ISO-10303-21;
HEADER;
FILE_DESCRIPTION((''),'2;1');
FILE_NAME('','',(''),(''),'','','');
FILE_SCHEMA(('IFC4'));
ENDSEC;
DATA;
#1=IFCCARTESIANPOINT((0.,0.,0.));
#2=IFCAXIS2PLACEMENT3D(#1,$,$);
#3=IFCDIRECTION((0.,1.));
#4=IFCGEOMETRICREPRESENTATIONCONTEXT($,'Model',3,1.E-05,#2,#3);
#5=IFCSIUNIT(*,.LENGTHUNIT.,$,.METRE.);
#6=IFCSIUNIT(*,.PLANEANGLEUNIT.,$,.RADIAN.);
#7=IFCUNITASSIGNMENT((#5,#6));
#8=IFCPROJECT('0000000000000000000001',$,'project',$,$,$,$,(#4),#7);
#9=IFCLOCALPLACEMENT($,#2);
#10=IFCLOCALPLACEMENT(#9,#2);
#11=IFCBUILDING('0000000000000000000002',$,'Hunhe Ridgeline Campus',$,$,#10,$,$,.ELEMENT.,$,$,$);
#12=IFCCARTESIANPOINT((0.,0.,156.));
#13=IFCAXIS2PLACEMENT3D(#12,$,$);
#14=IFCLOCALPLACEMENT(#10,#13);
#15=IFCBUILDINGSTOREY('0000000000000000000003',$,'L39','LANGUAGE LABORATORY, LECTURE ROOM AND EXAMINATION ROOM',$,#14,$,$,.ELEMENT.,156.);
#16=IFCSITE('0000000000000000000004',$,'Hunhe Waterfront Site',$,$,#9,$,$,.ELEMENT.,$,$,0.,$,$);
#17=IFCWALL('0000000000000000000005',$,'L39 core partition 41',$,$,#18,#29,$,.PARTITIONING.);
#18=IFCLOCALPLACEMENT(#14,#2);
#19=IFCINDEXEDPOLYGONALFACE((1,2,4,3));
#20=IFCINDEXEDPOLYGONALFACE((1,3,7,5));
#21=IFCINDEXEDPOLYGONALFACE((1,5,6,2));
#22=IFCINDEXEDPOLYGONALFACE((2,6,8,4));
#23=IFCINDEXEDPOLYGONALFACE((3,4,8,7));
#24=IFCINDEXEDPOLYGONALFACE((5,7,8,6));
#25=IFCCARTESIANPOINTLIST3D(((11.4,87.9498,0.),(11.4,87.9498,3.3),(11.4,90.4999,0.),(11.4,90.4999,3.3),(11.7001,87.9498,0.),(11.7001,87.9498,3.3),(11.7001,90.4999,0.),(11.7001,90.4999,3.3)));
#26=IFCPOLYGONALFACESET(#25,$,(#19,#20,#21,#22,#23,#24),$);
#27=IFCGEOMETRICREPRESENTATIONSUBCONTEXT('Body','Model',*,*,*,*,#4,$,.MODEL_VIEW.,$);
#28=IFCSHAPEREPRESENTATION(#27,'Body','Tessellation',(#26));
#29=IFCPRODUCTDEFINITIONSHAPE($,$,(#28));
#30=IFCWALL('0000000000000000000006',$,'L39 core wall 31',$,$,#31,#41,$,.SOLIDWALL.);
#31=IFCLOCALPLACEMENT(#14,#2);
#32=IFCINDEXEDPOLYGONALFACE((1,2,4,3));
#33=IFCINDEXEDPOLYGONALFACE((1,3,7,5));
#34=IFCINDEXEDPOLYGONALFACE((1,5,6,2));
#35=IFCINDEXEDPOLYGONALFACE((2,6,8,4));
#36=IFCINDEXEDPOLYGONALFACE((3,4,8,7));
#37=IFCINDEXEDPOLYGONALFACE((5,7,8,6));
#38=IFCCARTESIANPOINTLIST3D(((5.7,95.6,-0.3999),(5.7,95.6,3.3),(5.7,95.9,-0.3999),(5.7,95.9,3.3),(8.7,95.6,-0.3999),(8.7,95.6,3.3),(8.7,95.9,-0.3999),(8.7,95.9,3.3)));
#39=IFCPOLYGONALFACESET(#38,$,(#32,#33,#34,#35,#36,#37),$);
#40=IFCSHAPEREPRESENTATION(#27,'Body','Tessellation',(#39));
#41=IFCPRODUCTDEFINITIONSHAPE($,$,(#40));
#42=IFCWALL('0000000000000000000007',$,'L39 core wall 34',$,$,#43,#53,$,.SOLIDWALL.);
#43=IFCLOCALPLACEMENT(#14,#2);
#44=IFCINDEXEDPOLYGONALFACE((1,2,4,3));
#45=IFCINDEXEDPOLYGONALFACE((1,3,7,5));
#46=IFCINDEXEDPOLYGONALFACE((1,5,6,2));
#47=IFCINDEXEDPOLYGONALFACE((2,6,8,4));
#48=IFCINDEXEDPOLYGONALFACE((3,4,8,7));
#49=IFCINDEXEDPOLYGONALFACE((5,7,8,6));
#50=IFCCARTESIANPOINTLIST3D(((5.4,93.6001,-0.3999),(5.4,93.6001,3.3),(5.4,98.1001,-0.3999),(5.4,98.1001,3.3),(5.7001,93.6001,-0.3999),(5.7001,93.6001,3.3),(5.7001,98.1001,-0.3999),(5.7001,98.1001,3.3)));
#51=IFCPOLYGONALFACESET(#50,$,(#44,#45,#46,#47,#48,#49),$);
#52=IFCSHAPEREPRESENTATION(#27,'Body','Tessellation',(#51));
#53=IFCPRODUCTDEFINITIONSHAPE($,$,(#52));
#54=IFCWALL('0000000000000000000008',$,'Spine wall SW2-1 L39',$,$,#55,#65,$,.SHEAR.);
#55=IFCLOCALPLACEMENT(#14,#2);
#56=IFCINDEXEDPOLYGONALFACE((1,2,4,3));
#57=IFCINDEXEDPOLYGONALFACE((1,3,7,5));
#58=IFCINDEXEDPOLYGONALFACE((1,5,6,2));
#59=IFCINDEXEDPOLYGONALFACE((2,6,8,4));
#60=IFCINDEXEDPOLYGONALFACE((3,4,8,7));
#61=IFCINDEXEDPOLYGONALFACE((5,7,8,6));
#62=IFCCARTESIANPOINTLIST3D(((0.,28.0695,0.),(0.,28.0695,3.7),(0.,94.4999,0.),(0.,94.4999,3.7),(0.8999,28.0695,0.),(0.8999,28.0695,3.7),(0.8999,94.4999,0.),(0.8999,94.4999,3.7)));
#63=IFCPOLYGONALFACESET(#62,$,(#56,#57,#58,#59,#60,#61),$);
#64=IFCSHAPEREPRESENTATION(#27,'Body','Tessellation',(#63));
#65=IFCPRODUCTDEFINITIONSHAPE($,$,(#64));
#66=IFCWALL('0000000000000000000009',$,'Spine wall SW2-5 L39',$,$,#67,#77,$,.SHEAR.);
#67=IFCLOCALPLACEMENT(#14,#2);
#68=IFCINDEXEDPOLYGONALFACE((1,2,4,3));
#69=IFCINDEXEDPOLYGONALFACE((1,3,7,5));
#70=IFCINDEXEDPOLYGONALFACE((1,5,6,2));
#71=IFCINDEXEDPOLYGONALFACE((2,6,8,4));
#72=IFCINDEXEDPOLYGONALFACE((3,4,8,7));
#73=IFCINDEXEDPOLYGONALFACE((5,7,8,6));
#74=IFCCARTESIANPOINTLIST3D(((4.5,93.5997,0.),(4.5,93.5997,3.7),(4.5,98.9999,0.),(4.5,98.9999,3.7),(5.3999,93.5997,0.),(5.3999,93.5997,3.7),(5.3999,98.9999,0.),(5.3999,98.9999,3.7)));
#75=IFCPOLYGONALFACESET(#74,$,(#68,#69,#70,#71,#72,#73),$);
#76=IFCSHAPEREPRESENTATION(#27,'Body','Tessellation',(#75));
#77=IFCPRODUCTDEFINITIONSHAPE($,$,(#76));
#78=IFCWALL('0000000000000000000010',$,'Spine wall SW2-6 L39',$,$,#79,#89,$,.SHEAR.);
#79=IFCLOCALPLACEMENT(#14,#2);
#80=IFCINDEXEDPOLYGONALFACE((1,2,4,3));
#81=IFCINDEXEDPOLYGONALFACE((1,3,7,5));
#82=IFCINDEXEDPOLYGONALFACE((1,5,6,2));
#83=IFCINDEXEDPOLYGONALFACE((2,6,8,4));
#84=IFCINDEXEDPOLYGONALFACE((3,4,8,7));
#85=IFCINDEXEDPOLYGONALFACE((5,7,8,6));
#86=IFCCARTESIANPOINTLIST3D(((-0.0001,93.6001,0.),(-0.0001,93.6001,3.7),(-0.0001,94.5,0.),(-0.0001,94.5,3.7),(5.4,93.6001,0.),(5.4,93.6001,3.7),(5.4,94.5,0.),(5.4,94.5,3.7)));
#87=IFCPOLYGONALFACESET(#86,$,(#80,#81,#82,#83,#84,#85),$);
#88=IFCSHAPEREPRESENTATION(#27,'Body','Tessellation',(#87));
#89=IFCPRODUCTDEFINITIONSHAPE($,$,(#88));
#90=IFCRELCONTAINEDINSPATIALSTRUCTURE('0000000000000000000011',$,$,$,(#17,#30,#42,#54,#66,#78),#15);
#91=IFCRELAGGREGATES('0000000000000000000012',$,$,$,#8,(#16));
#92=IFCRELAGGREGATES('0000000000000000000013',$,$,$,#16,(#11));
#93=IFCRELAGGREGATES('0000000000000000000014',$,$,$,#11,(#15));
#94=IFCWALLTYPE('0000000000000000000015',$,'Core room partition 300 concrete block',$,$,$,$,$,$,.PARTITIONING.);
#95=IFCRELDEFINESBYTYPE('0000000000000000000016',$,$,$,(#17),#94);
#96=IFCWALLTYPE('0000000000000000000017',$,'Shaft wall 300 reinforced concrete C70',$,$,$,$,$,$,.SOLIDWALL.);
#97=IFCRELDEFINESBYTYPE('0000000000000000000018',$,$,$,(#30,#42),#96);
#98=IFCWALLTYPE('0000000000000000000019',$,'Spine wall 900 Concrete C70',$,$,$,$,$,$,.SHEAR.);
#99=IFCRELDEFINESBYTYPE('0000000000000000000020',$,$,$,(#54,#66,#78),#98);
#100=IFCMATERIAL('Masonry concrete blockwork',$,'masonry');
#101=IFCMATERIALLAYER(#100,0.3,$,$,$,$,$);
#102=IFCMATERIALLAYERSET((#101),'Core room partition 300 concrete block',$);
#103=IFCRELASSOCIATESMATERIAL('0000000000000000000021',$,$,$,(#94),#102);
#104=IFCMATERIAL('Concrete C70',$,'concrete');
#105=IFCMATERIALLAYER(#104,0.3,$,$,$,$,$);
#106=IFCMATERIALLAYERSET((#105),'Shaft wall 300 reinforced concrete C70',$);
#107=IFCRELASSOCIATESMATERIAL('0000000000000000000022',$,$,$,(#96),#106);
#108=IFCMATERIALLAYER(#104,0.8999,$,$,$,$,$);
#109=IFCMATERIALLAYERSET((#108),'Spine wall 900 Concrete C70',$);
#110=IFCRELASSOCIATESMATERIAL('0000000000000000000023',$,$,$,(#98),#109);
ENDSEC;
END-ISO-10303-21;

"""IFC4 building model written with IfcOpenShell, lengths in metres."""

from ifc_helpers import new_model, si_unit, direction, frame, frame_2d, origin, place, context, subcontext, project, spatial, rectangle, extrude, material, layer, layer_set, type_object, element, save


model = new_model("IFC4")

# Units and contexts
model_context = context("Model", 3, precision=1e-05, world=origin(), true_north=direction((0.0, 1.0)))
body_context = subcontext(model_context, "Body", "Model", "MODEL_VIEW")
ifc_project = project(units=[si_unit("LENGTHUNIT", "METRE"), si_unit("PLANEANGLEUNIT", "RADIAN")], contexts=[model_context])

# Site, building, storey
site_placement = place(None, origin())
site = spatial("IfcSite", under=ifc_project, at=site_placement, Name="Hunhe Waterfront Site", CompositionType="ELEMENT", RefElevation=0.0)
building_placement = place(site_placement, origin())
building = spatial("IfcBuilding", under=site, at=building_placement, Name="Hunhe Ridgeline Campus", CompositionType="ELEMENT")
storey_placement = place(building_placement, frame((0.0, 0.0, 156.0)))
storey = spatial("IfcBuildingStorey", under=building, at=storey_placement, Name="L39", Description="LANGUAGE LABORATORY, LECTURE ROOM AND EXAMINATION ROOM", CompositionType="ELEMENT", Elevation=156.0)

# Wall
ifc_material_1 = material(Name="Masonry concrete blockwork", Category="masonry")
ifc_layer_1 = layer(ifc_material_1, 0.3)
ifc_layer_set_1 = layer_set([ifc_layer_1], Name="Core room partition 300 concrete block")
wall_type_1 = type_object("IfcWallType", Name="Core room partition 300 concrete block", PredefinedType="PARTITIONING", material=ifc_layer_set_1)
wall_1_placement = place(storey_placement, frame((11.55, 87.95, 0.0), z_axis=(0.0, 0.0, 1.0), x_axis=(0.0, 1.0, 0.0)))
element("IfcWall", 1, at=wall_1_placement, inside=storey, type_object=wall_type_1, Name="L39 core partition 41", PredefinedType="PARTITIONING", context=body_context, shape_type="SweptSolid", body=[
    extrude(rectangle(XDim=2.55, YDim=0.3, at=frame_2d((1.2749, 0.0))), origin(), (0.0, 0.0, 1.0), 3.3),
])

# Shared definitions
ifc_material_2 = material(Name="Concrete C70", Category="concrete")
ifc_layer_2 = layer(ifc_material_2, 0.3)
ifc_layer_set_2 = layer_set([ifc_layer_2], Name="Shaft wall 300 reinforced concrete C70")
wall_type_2 = type_object("IfcWallType", Name="Shaft wall 300 reinforced concrete C70", PredefinedType="SOLIDWALL", material=ifc_layer_set_2)

# Walls
wall_2_placement = place(storey_placement, frame((5.7, 95.75, -0.3999), z_axis=(0.0, 0.0, 1.0), x_axis=(1.0, 0.0, 0.0)))
element("IfcWall", 2, at=wall_2_placement, inside=storey, type_object=wall_type_2, Name="L39 core wall 31", PredefinedType="SOLIDWALL", context=body_context, shape_type="SweptSolid", body=[
    extrude(rectangle(XDim=3.0, YDim=0.3, at=frame_2d((1.5, 0.0))), origin(), (0.0, 0.0, 1.0), 3.7),
])
wall_3_placement = place(storey_placement, frame((5.55, 93.6001, -0.3999), z_axis=(0.0, 0.0, 1.0), x_axis=(0.0, 1.0, 0.0)))
element("IfcWall", 3, at=wall_3_placement, inside=storey, type_object=wall_type_2, Name="L39 core wall 34", PredefinedType="SOLIDWALL", context=body_context, shape_type="SweptSolid", body=[
    extrude(rectangle(XDim=4.5, YDim=0.3, at=frame_2d((2.25, 0.0))), origin(), (0.0, 0.0, 1.0), 3.7),
])

# Walls
ifc_layer_3 = layer(ifc_material_2, 0.8999)
ifc_layer_set_3 = layer_set([ifc_layer_3], Name="Spine wall 900 Concrete C70")
wall_type_3 = type_object("IfcWallType", Name="Spine wall 900 Concrete C70", PredefinedType="SHEAR", material=ifc_layer_set_3)
wall_4_placement = place(storey_placement, frame((0.45, 94.5, 0.0), z_axis=(0.0, 0.0, 1.0), x_axis=(0.0, -1.0, 0.0)))
element("IfcWall", 4, at=wall_4_placement, inside=storey, type_object=wall_type_3, Name="Spine wall SW2-1 L39", PredefinedType="SHEAR", context=body_context, shape_type="SweptSolid", body=[
    extrude(rectangle(XDim=66.4304, YDim=0.8999, at=frame_2d((33.2153, 0.0))), origin(), (0.0, 0.0, 1.0), 3.7),
])
for number, where, z_axis, x_axis, name in (
    (5, (4.95, 99.0, 0.0), (0.0, 0.0, 1.0), (0.0, -1.0, 0.0), "Spine wall SW2-5 L39"),
    (6, (5.4001, 94.05, 0.0), (0.0, 0.0, 1.0), (-1.0, 0.0, 0.0), "Spine wall SW2-6 L39"),
):
    element("IfcWall", number, at=place(storey_placement, frame(where, z_axis=z_axis, x_axis=x_axis)), inside=storey, type_object=wall_type_3, Name=name, PredefinedType="SHEAR", context=body_context, shape_type="SweptSolid", body=[
        extrude(rectangle(XDim=5.4001, YDim=0.8999, at=frame_2d((2.7002, 0.0))), origin(), (0.0, 0.0, 1.0), 3.7),
    ])

save(model, "model.ifc")
